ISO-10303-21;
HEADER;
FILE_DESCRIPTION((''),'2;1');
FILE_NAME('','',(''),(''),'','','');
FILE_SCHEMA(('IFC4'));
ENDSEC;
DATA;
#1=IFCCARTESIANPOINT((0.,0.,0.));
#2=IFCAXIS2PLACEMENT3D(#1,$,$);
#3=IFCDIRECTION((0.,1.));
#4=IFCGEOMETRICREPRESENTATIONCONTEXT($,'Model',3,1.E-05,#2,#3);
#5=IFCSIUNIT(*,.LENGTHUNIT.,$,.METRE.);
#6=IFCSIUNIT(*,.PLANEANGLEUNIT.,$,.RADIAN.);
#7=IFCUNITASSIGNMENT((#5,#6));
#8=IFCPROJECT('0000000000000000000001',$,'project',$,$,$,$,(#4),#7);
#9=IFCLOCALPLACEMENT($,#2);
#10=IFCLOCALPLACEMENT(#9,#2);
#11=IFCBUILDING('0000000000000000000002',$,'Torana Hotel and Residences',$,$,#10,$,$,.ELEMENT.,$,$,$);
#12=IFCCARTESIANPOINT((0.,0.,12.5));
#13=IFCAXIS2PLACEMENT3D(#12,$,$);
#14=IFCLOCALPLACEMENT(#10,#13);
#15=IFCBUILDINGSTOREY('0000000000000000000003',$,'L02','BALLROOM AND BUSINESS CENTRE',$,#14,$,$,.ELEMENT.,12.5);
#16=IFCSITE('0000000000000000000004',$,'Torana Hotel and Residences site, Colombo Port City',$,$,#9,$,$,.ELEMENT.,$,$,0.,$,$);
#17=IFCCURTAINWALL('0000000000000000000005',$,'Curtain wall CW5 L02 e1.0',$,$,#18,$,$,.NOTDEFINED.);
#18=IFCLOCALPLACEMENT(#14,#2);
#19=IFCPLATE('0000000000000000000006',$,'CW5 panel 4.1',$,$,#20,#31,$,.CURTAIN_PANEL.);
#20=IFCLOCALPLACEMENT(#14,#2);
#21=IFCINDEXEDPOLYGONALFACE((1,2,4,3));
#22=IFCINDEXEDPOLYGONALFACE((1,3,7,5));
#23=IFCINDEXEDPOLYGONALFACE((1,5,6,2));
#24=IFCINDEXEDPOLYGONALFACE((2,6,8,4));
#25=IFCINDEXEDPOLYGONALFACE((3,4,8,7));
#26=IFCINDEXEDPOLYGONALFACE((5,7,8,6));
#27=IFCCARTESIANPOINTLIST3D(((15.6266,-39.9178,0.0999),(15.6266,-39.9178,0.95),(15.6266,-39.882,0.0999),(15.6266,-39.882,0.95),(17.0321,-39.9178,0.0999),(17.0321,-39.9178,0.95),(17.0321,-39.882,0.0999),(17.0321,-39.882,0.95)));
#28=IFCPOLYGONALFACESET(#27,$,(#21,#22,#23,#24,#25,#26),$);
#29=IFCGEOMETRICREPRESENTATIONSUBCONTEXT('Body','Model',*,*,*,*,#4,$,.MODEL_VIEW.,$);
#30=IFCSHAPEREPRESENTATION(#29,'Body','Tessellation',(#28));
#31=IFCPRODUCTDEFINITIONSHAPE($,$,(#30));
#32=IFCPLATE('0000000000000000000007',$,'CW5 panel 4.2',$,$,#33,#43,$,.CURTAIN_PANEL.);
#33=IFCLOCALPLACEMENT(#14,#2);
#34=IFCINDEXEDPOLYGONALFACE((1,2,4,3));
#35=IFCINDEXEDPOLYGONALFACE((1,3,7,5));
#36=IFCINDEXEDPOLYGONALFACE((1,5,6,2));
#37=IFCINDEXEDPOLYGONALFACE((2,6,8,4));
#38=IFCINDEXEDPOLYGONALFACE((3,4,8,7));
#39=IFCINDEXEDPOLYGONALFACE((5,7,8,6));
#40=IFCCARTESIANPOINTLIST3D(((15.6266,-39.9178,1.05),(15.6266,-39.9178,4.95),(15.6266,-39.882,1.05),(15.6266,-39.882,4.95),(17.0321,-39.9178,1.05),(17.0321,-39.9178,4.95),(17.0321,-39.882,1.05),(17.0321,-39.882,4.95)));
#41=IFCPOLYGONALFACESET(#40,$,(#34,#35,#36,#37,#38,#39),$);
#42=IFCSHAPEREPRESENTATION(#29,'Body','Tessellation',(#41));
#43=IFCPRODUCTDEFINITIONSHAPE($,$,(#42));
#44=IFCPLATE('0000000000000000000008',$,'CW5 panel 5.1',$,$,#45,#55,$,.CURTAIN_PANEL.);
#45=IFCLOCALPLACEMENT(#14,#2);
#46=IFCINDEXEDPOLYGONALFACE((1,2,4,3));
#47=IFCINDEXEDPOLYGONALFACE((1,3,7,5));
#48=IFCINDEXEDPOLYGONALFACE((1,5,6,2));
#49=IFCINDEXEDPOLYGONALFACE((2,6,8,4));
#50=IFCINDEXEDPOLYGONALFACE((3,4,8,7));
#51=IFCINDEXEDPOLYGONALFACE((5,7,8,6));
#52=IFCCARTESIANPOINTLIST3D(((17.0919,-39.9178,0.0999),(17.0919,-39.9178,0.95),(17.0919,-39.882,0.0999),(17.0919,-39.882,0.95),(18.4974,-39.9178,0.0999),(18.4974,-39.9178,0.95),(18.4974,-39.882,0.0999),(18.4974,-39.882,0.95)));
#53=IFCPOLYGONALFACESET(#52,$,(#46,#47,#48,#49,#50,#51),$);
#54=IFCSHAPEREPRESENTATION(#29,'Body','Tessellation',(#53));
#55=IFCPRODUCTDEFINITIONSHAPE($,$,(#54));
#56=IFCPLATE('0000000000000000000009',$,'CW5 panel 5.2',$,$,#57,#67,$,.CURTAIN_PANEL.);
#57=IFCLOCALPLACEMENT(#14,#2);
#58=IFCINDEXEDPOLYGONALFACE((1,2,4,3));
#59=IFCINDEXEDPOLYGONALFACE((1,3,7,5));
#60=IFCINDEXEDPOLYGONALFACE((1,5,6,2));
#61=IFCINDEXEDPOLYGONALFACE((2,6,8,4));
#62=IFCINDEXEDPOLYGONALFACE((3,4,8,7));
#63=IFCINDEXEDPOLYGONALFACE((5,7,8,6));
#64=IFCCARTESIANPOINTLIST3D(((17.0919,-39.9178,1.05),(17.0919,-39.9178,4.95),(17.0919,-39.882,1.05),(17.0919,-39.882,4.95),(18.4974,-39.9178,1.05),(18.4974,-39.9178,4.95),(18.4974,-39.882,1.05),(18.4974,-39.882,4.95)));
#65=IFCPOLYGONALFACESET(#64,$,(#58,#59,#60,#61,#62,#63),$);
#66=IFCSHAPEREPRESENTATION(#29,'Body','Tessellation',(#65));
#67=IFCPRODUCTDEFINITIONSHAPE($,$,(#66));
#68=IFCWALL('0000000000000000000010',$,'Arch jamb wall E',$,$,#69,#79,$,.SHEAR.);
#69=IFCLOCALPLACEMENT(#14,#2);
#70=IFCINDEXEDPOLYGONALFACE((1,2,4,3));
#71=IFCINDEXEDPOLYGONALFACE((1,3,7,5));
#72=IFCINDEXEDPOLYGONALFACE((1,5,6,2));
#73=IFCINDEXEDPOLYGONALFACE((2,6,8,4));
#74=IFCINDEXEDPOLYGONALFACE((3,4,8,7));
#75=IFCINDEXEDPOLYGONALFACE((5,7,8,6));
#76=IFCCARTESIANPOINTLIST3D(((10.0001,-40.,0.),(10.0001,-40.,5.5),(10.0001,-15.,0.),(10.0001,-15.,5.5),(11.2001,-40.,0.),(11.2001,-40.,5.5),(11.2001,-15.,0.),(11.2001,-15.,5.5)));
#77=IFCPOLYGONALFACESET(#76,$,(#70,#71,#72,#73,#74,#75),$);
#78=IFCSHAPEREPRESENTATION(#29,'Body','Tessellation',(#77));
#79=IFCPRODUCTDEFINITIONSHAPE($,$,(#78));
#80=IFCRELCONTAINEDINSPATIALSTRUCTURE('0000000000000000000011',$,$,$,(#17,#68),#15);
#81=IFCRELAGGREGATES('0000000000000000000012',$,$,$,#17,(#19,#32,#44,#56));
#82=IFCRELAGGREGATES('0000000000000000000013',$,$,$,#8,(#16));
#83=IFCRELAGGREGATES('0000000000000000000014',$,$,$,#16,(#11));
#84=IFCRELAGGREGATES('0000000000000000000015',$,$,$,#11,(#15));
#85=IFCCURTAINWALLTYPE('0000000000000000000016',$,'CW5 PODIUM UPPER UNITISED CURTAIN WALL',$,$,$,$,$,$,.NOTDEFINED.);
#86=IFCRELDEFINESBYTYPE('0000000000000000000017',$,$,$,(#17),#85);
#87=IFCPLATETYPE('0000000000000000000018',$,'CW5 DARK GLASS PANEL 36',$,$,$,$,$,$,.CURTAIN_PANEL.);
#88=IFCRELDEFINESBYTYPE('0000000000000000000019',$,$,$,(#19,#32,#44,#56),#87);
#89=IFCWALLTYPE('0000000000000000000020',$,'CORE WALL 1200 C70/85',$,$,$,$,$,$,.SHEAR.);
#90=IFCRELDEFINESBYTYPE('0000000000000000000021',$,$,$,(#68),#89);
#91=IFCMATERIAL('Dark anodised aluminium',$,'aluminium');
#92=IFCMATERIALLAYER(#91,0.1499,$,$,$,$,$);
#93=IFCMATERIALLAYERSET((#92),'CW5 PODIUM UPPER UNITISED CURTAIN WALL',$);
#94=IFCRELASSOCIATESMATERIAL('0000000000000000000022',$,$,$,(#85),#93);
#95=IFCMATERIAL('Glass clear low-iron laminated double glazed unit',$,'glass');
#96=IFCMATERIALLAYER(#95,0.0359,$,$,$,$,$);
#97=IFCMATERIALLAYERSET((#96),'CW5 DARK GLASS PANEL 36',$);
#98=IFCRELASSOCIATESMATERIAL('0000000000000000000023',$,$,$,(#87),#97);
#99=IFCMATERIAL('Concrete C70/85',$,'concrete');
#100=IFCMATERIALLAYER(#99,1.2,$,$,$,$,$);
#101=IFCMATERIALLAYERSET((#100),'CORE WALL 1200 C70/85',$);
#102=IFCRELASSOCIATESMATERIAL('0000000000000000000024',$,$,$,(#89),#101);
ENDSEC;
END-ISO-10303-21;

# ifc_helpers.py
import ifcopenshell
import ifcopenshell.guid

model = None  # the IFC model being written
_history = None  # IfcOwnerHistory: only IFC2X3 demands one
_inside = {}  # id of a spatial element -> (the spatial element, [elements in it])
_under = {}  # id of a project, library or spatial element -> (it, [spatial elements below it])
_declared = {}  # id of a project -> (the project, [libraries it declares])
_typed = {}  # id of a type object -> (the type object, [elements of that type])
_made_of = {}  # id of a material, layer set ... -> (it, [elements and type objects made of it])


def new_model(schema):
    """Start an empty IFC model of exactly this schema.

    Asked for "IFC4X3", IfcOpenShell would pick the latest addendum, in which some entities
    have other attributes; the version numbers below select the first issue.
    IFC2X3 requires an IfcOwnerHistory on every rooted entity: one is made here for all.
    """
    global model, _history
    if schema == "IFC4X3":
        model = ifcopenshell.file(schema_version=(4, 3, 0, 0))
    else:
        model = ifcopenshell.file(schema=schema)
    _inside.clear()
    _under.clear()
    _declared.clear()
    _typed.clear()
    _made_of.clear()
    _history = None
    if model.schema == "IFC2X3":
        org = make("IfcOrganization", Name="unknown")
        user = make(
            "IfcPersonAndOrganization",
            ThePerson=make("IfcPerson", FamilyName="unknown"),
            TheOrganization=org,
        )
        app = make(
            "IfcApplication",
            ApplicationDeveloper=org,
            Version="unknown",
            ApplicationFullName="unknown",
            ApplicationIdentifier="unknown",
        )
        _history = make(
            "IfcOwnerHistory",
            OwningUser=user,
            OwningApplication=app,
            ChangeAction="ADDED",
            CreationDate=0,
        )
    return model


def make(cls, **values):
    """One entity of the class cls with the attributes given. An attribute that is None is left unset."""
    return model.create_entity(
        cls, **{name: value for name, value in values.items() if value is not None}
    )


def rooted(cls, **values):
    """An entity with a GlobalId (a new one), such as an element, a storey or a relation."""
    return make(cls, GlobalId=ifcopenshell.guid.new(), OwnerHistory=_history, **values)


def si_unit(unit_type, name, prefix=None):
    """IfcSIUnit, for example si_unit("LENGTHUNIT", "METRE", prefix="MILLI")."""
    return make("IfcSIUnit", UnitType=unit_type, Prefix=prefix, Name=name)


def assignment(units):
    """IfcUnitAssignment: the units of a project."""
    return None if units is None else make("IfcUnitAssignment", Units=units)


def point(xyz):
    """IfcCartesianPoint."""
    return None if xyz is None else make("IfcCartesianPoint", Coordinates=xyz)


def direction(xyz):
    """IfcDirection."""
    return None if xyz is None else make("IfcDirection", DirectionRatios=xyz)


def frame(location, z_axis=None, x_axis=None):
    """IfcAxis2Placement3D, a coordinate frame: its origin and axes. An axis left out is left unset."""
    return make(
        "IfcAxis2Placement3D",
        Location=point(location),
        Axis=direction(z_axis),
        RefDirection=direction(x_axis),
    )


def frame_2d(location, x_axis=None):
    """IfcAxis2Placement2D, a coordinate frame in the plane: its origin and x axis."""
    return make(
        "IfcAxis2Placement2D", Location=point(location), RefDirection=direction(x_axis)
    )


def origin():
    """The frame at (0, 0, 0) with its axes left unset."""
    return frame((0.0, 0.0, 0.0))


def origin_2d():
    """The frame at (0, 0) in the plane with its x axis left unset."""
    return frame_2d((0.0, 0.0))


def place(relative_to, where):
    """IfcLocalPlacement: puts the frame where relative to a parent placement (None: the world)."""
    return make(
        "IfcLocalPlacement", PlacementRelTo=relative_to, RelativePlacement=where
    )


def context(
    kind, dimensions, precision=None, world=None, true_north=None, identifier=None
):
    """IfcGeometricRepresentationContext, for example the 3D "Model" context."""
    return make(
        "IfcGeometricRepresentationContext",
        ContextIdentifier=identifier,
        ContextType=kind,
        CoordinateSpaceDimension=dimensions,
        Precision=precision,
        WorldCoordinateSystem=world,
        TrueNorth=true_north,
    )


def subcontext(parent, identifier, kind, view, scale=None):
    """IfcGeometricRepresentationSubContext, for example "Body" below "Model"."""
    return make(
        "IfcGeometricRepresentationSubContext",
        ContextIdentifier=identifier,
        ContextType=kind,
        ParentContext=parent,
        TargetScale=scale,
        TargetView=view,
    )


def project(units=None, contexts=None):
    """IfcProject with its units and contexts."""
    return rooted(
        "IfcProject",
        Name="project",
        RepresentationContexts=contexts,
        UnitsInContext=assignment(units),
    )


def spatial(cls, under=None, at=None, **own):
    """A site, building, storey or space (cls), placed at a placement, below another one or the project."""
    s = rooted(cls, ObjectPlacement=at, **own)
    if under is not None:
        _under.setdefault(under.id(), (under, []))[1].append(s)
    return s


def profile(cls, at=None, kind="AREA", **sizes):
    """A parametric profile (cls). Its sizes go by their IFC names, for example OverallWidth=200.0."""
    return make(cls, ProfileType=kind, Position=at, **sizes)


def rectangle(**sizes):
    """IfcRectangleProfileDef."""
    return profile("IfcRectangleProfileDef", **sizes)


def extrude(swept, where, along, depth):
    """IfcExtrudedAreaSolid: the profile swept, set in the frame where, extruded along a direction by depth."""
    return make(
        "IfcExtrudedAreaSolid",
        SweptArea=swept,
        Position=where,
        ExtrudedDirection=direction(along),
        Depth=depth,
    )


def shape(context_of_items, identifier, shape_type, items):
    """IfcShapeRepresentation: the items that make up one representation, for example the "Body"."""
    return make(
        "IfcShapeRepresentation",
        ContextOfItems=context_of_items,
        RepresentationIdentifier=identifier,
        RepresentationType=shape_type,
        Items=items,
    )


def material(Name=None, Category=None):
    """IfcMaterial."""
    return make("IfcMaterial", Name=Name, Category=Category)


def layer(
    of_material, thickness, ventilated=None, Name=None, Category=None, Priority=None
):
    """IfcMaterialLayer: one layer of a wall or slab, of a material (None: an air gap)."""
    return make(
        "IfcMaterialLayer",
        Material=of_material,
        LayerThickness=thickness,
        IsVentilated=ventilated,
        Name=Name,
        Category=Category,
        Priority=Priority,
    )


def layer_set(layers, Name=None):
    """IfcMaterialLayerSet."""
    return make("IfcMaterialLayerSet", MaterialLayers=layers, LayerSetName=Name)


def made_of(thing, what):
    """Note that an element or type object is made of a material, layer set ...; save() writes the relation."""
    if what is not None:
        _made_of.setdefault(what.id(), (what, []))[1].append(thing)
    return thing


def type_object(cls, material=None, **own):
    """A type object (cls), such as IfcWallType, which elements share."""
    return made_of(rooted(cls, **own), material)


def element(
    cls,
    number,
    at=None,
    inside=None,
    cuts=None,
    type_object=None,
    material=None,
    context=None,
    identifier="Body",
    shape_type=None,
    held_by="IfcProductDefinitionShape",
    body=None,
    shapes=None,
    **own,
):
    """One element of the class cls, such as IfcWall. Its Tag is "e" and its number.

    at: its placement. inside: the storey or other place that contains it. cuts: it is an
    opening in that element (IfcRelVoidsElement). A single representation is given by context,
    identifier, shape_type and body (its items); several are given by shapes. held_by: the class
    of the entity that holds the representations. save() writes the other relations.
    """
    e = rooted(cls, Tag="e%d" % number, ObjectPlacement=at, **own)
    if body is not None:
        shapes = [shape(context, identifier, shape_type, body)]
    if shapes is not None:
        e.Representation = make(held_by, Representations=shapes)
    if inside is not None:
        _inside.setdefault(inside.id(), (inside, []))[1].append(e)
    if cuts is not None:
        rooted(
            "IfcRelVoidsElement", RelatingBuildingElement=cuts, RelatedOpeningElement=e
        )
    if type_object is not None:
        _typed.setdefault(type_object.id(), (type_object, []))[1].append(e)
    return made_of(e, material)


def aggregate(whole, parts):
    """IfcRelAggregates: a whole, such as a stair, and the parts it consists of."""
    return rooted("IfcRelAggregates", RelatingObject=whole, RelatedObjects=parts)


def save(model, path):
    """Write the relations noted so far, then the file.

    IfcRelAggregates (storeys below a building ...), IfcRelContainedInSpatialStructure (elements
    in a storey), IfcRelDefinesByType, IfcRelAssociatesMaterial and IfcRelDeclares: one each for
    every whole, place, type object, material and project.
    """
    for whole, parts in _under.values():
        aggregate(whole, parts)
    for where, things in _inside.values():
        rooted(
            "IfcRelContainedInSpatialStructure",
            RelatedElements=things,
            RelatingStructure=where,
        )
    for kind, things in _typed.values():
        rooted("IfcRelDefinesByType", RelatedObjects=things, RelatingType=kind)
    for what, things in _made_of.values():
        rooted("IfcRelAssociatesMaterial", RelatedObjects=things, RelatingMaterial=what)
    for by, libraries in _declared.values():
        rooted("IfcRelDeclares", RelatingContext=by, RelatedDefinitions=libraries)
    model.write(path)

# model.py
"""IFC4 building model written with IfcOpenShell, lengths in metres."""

from ifc_helpers import new_model, si_unit, direction, frame, frame_2d, origin, origin_2d, place, context, subcontext, project, spatial, rectangle, extrude, material, layer, layer_set, type_object, element, aggregate, save


model = new_model("IFC4")

# Units and contexts
model_context = context("Model", 3, precision=1e-05, world=origin(), true_north=direction((0.0, 1.0)))
body_context = subcontext(model_context, "Body", "Model", "MODEL_VIEW")
ifc_project = project(units=[si_unit("LENGTHUNIT", "METRE"), si_unit("PLANEANGLEUNIT", "RADIAN")], contexts=[model_context])

# Site, building, storey
site_placement = place(None, origin())
site = spatial("IfcSite", under=ifc_project, at=site_placement, Name="Torana Hotel and Residences site, Colombo Port City", CompositionType="ELEMENT", RefElevation=0.0)
building_placement = place(site_placement, origin())
building = spatial("IfcBuilding", under=site, at=building_placement, Name="Torana Hotel and Residences", CompositionType="ELEMENT")
storey_placement = place(building_placement, frame((0.0, 0.0, 12.5)))
storey = spatial("IfcBuildingStorey", under=building, at=storey_placement, Name="L02", Description="BALLROOM AND BUSINESS CENTRE", CompositionType="ELEMENT", Elevation=12.5)

# Curtain wall, plates
ifc_material_1 = material(Name="Dark anodised aluminium", Category="aluminium")
ifc_layer_1 = layer(ifc_material_1, 0.1499)
ifc_layer_set_1 = layer_set([ifc_layer_1], Name="CW5 PODIUM UPPER UNITISED CURTAIN WALL")
curtain_wall_type = type_object("IfcCurtainWallType", Name="CW5 PODIUM UPPER UNITISED CURTAIN WALL", PredefinedType="NOTDEFINED", material=ifc_layer_set_1)
curtain_wall_placement = place(storey_placement, origin())
curtain_wall = element("IfcCurtainWall", 1, at=curtain_wall_placement, inside=storey, type_object=curtain_wall_type, Name="Curtain wall CW5 L02 e1.0", PredefinedType="NOTDEFINED")
ifc_material_2 = material(Name="Glass clear low-iron laminated double glazed unit", Category="glass")
ifc_layer_2 = layer(ifc_material_2, 0.0359)
ifc_layer_set_2 = layer_set([ifc_layer_2], Name="CW5 DARK GLASS PANEL 36")
plate_type = type_object("IfcPlateType", Name="CW5 DARK GLASS PANEL 36", PredefinedType="CURTAIN_PANEL", material=ifc_layer_set_2)
plate_1_placement = place(storey_placement, frame((16.3293, -39.8999, 0.0999), z_axis=(0.0, 0.0, 1.0), x_axis=(1.0, 0.0, 0.0)))
plate_1 = element("IfcPlate", 2, at=plate_1_placement, type_object=plate_type, Name="CW5 panel 4.1", PredefinedType="CURTAIN_PANEL", context=body_context, shape_type="SweptSolid", body=[
    extrude(rectangle(XDim=1.4055, YDim=0.0359, at=origin_2d()), origin(), (0.0, 0.0, 1.0), 0.8501),
])
plate_2_placement = place(storey_placement, frame((16.3293, -39.8999, 1.05), z_axis=(0.0, 0.0, 1.0), x_axis=(1.0, 0.0, 0.0)))
plate_2 = element("IfcPlate", 3, at=plate_2_placement, type_object=plate_type, Name="CW5 panel 4.2", PredefinedType="CURTAIN_PANEL", context=body_context, shape_type="SweptSolid", body=[
    extrude(rectangle(XDim=1.4055, YDim=0.0359, at=origin_2d()), origin(), (0.0, 0.0, 1.0), 3.8999),
])
plate_3_placement = place(storey_placement, frame((17.7947, -39.8999, 0.0999), z_axis=(0.0, 0.0, 1.0), x_axis=(1.0, 0.0, 0.0)))
plate_3 = element("IfcPlate", 4, at=plate_3_placement, type_object=plate_type, Name="CW5 panel 5.1", PredefinedType="CURTAIN_PANEL", context=body_context, shape_type="SweptSolid", body=[
    extrude(rectangle(XDim=1.4055, YDim=0.0359, at=origin_2d()), origin(), (0.0, 0.0, 1.0), 0.8501),
])
plate_4_placement = place(storey_placement, frame((17.7947, -39.8999, 1.05), z_axis=(0.0, 0.0, 1.0), x_axis=(1.0, 0.0, 0.0)))
plate_4 = element("IfcPlate", 5, at=plate_4_placement, type_object=plate_type, Name="CW5 panel 5.2", PredefinedType="CURTAIN_PANEL", context=body_context, shape_type="SweptSolid", body=[
    extrude(rectangle(XDim=1.4055, YDim=0.0359, at=origin_2d()), origin(), (0.0, 0.0, 1.0), 3.8999),
])
aggregate(curtain_wall, [plate_1, plate_2, plate_3, plate_4])

# Wall
ifc_material_3 = material(Name="Concrete C70/85", Category="concrete")
ifc_layer_3 = layer(ifc_material_3, 1.2)
ifc_layer_set_3 = layer_set([ifc_layer_3], Name="CORE WALL 1200 C70/85")
wall_type = type_object("IfcWallType", Name="CORE WALL 1200 C70/85", PredefinedType="SHEAR", material=ifc_layer_set_3)
wall_placement = place(storey_placement, frame((10.6001, -40.0, 0.0), z_axis=(0.0, 0.0, 1.0), x_axis=(0.0, 1.0, 0.0)))
element("IfcWall", 6, at=wall_placement, inside=storey, type_object=wall_type, Name="Arch jamb wall E", PredefinedType="SHEAR", context=body_context, shape_type="SweptSolid", body=[
    extrude(rectangle(XDim=25.0, YDim=1.2, at=frame_2d((12.5, 0.0))), origin(), (0.0, 0.0, 1.0), 5.5),
])

save(model, "model.ifc")
